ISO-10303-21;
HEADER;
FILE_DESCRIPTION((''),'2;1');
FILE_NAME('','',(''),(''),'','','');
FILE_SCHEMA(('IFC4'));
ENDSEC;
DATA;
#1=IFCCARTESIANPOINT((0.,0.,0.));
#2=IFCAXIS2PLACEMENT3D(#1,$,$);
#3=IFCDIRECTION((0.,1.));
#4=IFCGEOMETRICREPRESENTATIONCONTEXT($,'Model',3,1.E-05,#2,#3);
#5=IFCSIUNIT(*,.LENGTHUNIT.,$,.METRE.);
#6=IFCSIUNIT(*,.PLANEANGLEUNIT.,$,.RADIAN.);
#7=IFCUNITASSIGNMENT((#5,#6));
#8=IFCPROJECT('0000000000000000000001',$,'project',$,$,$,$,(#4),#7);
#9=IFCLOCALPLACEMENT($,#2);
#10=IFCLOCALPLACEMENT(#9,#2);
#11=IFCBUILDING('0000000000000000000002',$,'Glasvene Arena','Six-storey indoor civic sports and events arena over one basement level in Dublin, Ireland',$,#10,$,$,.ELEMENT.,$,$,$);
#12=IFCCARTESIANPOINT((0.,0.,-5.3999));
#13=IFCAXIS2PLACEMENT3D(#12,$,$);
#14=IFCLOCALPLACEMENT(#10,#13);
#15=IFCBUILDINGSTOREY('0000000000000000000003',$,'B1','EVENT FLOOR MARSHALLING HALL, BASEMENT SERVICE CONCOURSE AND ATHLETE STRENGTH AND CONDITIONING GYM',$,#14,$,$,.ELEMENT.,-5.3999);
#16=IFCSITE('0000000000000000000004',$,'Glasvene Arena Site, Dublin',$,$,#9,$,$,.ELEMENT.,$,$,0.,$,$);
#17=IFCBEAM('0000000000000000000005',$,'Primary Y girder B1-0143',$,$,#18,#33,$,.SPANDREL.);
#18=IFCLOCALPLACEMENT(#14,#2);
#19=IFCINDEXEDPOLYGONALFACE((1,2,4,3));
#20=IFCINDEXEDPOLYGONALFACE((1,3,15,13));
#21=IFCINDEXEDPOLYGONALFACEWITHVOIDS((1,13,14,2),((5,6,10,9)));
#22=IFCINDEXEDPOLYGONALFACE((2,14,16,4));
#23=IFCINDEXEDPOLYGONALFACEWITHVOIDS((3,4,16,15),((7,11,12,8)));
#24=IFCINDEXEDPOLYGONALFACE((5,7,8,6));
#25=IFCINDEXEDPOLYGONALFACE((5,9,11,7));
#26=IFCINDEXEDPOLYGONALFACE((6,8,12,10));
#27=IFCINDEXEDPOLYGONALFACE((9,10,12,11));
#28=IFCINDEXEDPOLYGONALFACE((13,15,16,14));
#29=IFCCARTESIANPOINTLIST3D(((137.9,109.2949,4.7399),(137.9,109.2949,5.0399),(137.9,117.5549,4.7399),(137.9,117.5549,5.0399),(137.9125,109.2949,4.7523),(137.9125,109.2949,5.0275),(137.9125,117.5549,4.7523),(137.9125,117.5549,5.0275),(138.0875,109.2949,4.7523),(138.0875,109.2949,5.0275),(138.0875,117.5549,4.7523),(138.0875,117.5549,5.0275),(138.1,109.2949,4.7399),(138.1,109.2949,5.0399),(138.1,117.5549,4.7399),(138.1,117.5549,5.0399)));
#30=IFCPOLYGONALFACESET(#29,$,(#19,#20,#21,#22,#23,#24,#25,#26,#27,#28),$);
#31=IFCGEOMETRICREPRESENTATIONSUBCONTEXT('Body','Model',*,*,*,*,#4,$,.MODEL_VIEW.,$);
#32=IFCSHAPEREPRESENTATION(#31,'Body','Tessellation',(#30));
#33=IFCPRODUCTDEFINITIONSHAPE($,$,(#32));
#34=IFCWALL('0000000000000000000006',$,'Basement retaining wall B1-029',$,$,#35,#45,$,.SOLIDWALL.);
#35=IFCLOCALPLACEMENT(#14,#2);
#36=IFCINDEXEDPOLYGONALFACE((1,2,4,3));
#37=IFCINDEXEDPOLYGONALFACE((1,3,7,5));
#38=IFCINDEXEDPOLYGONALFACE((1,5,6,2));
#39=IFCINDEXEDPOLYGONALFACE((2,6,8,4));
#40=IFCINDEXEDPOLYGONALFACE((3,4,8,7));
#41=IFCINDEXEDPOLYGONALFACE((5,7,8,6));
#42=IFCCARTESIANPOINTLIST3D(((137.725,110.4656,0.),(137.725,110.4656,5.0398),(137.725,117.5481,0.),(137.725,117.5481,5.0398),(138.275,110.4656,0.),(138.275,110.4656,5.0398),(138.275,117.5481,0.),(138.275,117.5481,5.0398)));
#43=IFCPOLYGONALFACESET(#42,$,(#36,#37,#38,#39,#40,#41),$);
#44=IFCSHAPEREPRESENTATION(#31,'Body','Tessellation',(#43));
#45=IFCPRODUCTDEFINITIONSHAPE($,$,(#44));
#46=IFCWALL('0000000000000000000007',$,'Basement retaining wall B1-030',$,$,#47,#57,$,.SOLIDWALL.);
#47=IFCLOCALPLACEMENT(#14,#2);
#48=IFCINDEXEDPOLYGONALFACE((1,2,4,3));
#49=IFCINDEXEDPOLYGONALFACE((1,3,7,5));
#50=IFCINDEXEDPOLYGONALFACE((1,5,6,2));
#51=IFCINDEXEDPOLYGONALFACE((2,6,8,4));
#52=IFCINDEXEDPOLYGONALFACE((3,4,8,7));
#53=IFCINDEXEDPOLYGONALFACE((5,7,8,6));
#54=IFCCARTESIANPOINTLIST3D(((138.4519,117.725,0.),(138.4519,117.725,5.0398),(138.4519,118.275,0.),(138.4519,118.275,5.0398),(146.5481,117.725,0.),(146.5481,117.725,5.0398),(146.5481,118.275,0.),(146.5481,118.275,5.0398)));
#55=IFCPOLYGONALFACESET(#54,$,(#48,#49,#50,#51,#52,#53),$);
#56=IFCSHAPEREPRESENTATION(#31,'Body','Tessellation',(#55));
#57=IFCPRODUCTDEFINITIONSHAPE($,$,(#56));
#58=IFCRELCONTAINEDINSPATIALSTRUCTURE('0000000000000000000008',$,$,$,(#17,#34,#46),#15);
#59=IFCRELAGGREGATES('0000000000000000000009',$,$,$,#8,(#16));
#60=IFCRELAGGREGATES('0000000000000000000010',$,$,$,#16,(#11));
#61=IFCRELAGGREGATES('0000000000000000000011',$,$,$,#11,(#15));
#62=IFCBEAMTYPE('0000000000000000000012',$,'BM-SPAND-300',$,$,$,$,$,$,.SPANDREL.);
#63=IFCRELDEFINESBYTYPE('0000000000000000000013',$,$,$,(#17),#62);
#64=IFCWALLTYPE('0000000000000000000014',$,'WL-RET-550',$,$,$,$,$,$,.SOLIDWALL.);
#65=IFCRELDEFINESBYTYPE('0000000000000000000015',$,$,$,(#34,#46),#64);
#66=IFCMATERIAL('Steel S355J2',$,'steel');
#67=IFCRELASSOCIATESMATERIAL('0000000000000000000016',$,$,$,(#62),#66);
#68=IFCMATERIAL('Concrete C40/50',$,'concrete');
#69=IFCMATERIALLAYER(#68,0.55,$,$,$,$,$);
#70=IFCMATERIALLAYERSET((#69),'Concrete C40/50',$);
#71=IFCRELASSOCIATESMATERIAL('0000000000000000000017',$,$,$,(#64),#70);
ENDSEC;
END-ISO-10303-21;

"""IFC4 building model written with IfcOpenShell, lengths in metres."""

from ifc_helpers import new_model, si_unit, direction, frame, frame_2d, origin, origin_2d, place, context, subcontext, project, spatial, rectangle, hollow_rectangle, extrude, material, layer, layer_set, material_profile, profile_set, type_object, element, save


model = new_model("IFC4")

# Units and contexts
model_context = context("Model", 3, precision=1e-05, world=origin(), true_north=direction((0.0, 1.0)))
body_context = subcontext(model_context, "Body", "Model", "MODEL_VIEW")
ifc_project = project(units=[si_unit("LENGTHUNIT", "METRE"), si_unit("PLANEANGLEUNIT", "RADIAN")], contexts=[model_context])

# Site, building, storey
site_placement = place(None, origin())
site = spatial("IfcSite", under=ifc_project, at=site_placement, Name="Glasvene Arena Site, Dublin", CompositionType="ELEMENT", RefElevation=0.0)
building_placement = place(site_placement, origin())
building = spatial("IfcBuilding", under=site, at=building_placement, Name="Glasvene Arena", Description="Six-storey indoor civic sports and events arena over one basement level in Dublin, Ireland", CompositionType="ELEMENT")
storey_placement = place(building_placement, frame((0.0, 0.0, -5.3999)))
storey = spatial("IfcBuildingStorey", under=building, at=storey_placement, Name="B1", Description="EVENT FLOOR MARSHALLING HALL, BASEMENT SERVICE CONCOURSE AND ATHLETE STRENGTH AND CONDITIONING GYM", CompositionType="ELEMENT", Elevation=-5.3999)

# Shared definitions
ifc_material_1 = material(Name="Concrete C40/50", Category="concrete")

# Beam
ifc_material_2 = material(Name="Steel S355J2", Category="steel")
ifc_material_profile_1 = material_profile(ifc_material_2, hollow_rectangle(XDim=0.2, YDim=0.3, WallThickness=0.0125, at=origin_2d()), Name="RHS 300x200x12.5")
ifc_profile_set_1 = profile_set([ifc_material_profile_1], Name="Steel S355J2")
beam_type_1 = type_object("IfcBeamType", Name="BM-SPAND-300", PredefinedType="SPANDREL", material=ifc_profile_set_1)
beam_1_placement = place(storey_placement, frame((138.0, 109.2949, 4.8899), z_axis=(0.0, 1.0, 0.0), x_axis=(-1.0, 0.0, 0.0)))
element("IfcBeam", 1, at=beam_1_placement, inside=storey, type_object=beam_type_1, Name="Primary Y girder B1-0143", PredefinedType="SPANDREL", context=body_context, shape_type="SweptSolid", body=[
    extrude(hollow_rectangle(XDim=0.2, YDim=0.3, WallThickness=0.0125, at=origin_2d()), origin(), (0.0, 0.0, 1.0), 8.26),
])

# Walls
ifc_layer = layer(ifc_material_1, 0.55)
ifc_layer_set = layer_set([ifc_layer], Name="Concrete C40/50")
wall_type = type_object("IfcWallType", Name="WL-RET-550", PredefinedType="SOLIDWALL", material=ifc_layer_set)
wall_1_placement = place(storey_placement, frame((138.0, 110.4656, 0.0), z_axis=(0.0, 0.0, 1.0), x_axis=(0.0, 1.0, 0.0)))
element("IfcWall", 2, at=wall_1_placement, inside=storey, type_object=wall_type, Name="Basement retaining wall B1-029", PredefinedType="SOLIDWALL", context=body_context, shape_type="SweptSolid", body=[
    extrude(rectangle(XDim=7.0825, YDim=0.55, at=frame_2d((3.5413, 0.0))), origin(), (0.0, 0.0, 1.0), 5.0398),
])
wall_2_placement = place(storey_placement, frame((138.4519, 118.0, 0.0), z_axis=(0.0, 0.0, 1.0), x_axis=(1.0, 0.0, 0.0)))
element("IfcWall", 3, at=wall_2_placement, inside=storey, type_object=wall_type, Name="Basement retaining wall B1-030", PredefinedType="SOLIDWALL", context=body_context, shape_type="SweptSolid", body=[
    extrude(rectangle(XDim=8.0962, YDim=0.55, at=frame_2d((4.0481, 0.0))), origin(), (0.0, 0.0, 1.0), 5.0398),
])

save(model, "model.ifc")
